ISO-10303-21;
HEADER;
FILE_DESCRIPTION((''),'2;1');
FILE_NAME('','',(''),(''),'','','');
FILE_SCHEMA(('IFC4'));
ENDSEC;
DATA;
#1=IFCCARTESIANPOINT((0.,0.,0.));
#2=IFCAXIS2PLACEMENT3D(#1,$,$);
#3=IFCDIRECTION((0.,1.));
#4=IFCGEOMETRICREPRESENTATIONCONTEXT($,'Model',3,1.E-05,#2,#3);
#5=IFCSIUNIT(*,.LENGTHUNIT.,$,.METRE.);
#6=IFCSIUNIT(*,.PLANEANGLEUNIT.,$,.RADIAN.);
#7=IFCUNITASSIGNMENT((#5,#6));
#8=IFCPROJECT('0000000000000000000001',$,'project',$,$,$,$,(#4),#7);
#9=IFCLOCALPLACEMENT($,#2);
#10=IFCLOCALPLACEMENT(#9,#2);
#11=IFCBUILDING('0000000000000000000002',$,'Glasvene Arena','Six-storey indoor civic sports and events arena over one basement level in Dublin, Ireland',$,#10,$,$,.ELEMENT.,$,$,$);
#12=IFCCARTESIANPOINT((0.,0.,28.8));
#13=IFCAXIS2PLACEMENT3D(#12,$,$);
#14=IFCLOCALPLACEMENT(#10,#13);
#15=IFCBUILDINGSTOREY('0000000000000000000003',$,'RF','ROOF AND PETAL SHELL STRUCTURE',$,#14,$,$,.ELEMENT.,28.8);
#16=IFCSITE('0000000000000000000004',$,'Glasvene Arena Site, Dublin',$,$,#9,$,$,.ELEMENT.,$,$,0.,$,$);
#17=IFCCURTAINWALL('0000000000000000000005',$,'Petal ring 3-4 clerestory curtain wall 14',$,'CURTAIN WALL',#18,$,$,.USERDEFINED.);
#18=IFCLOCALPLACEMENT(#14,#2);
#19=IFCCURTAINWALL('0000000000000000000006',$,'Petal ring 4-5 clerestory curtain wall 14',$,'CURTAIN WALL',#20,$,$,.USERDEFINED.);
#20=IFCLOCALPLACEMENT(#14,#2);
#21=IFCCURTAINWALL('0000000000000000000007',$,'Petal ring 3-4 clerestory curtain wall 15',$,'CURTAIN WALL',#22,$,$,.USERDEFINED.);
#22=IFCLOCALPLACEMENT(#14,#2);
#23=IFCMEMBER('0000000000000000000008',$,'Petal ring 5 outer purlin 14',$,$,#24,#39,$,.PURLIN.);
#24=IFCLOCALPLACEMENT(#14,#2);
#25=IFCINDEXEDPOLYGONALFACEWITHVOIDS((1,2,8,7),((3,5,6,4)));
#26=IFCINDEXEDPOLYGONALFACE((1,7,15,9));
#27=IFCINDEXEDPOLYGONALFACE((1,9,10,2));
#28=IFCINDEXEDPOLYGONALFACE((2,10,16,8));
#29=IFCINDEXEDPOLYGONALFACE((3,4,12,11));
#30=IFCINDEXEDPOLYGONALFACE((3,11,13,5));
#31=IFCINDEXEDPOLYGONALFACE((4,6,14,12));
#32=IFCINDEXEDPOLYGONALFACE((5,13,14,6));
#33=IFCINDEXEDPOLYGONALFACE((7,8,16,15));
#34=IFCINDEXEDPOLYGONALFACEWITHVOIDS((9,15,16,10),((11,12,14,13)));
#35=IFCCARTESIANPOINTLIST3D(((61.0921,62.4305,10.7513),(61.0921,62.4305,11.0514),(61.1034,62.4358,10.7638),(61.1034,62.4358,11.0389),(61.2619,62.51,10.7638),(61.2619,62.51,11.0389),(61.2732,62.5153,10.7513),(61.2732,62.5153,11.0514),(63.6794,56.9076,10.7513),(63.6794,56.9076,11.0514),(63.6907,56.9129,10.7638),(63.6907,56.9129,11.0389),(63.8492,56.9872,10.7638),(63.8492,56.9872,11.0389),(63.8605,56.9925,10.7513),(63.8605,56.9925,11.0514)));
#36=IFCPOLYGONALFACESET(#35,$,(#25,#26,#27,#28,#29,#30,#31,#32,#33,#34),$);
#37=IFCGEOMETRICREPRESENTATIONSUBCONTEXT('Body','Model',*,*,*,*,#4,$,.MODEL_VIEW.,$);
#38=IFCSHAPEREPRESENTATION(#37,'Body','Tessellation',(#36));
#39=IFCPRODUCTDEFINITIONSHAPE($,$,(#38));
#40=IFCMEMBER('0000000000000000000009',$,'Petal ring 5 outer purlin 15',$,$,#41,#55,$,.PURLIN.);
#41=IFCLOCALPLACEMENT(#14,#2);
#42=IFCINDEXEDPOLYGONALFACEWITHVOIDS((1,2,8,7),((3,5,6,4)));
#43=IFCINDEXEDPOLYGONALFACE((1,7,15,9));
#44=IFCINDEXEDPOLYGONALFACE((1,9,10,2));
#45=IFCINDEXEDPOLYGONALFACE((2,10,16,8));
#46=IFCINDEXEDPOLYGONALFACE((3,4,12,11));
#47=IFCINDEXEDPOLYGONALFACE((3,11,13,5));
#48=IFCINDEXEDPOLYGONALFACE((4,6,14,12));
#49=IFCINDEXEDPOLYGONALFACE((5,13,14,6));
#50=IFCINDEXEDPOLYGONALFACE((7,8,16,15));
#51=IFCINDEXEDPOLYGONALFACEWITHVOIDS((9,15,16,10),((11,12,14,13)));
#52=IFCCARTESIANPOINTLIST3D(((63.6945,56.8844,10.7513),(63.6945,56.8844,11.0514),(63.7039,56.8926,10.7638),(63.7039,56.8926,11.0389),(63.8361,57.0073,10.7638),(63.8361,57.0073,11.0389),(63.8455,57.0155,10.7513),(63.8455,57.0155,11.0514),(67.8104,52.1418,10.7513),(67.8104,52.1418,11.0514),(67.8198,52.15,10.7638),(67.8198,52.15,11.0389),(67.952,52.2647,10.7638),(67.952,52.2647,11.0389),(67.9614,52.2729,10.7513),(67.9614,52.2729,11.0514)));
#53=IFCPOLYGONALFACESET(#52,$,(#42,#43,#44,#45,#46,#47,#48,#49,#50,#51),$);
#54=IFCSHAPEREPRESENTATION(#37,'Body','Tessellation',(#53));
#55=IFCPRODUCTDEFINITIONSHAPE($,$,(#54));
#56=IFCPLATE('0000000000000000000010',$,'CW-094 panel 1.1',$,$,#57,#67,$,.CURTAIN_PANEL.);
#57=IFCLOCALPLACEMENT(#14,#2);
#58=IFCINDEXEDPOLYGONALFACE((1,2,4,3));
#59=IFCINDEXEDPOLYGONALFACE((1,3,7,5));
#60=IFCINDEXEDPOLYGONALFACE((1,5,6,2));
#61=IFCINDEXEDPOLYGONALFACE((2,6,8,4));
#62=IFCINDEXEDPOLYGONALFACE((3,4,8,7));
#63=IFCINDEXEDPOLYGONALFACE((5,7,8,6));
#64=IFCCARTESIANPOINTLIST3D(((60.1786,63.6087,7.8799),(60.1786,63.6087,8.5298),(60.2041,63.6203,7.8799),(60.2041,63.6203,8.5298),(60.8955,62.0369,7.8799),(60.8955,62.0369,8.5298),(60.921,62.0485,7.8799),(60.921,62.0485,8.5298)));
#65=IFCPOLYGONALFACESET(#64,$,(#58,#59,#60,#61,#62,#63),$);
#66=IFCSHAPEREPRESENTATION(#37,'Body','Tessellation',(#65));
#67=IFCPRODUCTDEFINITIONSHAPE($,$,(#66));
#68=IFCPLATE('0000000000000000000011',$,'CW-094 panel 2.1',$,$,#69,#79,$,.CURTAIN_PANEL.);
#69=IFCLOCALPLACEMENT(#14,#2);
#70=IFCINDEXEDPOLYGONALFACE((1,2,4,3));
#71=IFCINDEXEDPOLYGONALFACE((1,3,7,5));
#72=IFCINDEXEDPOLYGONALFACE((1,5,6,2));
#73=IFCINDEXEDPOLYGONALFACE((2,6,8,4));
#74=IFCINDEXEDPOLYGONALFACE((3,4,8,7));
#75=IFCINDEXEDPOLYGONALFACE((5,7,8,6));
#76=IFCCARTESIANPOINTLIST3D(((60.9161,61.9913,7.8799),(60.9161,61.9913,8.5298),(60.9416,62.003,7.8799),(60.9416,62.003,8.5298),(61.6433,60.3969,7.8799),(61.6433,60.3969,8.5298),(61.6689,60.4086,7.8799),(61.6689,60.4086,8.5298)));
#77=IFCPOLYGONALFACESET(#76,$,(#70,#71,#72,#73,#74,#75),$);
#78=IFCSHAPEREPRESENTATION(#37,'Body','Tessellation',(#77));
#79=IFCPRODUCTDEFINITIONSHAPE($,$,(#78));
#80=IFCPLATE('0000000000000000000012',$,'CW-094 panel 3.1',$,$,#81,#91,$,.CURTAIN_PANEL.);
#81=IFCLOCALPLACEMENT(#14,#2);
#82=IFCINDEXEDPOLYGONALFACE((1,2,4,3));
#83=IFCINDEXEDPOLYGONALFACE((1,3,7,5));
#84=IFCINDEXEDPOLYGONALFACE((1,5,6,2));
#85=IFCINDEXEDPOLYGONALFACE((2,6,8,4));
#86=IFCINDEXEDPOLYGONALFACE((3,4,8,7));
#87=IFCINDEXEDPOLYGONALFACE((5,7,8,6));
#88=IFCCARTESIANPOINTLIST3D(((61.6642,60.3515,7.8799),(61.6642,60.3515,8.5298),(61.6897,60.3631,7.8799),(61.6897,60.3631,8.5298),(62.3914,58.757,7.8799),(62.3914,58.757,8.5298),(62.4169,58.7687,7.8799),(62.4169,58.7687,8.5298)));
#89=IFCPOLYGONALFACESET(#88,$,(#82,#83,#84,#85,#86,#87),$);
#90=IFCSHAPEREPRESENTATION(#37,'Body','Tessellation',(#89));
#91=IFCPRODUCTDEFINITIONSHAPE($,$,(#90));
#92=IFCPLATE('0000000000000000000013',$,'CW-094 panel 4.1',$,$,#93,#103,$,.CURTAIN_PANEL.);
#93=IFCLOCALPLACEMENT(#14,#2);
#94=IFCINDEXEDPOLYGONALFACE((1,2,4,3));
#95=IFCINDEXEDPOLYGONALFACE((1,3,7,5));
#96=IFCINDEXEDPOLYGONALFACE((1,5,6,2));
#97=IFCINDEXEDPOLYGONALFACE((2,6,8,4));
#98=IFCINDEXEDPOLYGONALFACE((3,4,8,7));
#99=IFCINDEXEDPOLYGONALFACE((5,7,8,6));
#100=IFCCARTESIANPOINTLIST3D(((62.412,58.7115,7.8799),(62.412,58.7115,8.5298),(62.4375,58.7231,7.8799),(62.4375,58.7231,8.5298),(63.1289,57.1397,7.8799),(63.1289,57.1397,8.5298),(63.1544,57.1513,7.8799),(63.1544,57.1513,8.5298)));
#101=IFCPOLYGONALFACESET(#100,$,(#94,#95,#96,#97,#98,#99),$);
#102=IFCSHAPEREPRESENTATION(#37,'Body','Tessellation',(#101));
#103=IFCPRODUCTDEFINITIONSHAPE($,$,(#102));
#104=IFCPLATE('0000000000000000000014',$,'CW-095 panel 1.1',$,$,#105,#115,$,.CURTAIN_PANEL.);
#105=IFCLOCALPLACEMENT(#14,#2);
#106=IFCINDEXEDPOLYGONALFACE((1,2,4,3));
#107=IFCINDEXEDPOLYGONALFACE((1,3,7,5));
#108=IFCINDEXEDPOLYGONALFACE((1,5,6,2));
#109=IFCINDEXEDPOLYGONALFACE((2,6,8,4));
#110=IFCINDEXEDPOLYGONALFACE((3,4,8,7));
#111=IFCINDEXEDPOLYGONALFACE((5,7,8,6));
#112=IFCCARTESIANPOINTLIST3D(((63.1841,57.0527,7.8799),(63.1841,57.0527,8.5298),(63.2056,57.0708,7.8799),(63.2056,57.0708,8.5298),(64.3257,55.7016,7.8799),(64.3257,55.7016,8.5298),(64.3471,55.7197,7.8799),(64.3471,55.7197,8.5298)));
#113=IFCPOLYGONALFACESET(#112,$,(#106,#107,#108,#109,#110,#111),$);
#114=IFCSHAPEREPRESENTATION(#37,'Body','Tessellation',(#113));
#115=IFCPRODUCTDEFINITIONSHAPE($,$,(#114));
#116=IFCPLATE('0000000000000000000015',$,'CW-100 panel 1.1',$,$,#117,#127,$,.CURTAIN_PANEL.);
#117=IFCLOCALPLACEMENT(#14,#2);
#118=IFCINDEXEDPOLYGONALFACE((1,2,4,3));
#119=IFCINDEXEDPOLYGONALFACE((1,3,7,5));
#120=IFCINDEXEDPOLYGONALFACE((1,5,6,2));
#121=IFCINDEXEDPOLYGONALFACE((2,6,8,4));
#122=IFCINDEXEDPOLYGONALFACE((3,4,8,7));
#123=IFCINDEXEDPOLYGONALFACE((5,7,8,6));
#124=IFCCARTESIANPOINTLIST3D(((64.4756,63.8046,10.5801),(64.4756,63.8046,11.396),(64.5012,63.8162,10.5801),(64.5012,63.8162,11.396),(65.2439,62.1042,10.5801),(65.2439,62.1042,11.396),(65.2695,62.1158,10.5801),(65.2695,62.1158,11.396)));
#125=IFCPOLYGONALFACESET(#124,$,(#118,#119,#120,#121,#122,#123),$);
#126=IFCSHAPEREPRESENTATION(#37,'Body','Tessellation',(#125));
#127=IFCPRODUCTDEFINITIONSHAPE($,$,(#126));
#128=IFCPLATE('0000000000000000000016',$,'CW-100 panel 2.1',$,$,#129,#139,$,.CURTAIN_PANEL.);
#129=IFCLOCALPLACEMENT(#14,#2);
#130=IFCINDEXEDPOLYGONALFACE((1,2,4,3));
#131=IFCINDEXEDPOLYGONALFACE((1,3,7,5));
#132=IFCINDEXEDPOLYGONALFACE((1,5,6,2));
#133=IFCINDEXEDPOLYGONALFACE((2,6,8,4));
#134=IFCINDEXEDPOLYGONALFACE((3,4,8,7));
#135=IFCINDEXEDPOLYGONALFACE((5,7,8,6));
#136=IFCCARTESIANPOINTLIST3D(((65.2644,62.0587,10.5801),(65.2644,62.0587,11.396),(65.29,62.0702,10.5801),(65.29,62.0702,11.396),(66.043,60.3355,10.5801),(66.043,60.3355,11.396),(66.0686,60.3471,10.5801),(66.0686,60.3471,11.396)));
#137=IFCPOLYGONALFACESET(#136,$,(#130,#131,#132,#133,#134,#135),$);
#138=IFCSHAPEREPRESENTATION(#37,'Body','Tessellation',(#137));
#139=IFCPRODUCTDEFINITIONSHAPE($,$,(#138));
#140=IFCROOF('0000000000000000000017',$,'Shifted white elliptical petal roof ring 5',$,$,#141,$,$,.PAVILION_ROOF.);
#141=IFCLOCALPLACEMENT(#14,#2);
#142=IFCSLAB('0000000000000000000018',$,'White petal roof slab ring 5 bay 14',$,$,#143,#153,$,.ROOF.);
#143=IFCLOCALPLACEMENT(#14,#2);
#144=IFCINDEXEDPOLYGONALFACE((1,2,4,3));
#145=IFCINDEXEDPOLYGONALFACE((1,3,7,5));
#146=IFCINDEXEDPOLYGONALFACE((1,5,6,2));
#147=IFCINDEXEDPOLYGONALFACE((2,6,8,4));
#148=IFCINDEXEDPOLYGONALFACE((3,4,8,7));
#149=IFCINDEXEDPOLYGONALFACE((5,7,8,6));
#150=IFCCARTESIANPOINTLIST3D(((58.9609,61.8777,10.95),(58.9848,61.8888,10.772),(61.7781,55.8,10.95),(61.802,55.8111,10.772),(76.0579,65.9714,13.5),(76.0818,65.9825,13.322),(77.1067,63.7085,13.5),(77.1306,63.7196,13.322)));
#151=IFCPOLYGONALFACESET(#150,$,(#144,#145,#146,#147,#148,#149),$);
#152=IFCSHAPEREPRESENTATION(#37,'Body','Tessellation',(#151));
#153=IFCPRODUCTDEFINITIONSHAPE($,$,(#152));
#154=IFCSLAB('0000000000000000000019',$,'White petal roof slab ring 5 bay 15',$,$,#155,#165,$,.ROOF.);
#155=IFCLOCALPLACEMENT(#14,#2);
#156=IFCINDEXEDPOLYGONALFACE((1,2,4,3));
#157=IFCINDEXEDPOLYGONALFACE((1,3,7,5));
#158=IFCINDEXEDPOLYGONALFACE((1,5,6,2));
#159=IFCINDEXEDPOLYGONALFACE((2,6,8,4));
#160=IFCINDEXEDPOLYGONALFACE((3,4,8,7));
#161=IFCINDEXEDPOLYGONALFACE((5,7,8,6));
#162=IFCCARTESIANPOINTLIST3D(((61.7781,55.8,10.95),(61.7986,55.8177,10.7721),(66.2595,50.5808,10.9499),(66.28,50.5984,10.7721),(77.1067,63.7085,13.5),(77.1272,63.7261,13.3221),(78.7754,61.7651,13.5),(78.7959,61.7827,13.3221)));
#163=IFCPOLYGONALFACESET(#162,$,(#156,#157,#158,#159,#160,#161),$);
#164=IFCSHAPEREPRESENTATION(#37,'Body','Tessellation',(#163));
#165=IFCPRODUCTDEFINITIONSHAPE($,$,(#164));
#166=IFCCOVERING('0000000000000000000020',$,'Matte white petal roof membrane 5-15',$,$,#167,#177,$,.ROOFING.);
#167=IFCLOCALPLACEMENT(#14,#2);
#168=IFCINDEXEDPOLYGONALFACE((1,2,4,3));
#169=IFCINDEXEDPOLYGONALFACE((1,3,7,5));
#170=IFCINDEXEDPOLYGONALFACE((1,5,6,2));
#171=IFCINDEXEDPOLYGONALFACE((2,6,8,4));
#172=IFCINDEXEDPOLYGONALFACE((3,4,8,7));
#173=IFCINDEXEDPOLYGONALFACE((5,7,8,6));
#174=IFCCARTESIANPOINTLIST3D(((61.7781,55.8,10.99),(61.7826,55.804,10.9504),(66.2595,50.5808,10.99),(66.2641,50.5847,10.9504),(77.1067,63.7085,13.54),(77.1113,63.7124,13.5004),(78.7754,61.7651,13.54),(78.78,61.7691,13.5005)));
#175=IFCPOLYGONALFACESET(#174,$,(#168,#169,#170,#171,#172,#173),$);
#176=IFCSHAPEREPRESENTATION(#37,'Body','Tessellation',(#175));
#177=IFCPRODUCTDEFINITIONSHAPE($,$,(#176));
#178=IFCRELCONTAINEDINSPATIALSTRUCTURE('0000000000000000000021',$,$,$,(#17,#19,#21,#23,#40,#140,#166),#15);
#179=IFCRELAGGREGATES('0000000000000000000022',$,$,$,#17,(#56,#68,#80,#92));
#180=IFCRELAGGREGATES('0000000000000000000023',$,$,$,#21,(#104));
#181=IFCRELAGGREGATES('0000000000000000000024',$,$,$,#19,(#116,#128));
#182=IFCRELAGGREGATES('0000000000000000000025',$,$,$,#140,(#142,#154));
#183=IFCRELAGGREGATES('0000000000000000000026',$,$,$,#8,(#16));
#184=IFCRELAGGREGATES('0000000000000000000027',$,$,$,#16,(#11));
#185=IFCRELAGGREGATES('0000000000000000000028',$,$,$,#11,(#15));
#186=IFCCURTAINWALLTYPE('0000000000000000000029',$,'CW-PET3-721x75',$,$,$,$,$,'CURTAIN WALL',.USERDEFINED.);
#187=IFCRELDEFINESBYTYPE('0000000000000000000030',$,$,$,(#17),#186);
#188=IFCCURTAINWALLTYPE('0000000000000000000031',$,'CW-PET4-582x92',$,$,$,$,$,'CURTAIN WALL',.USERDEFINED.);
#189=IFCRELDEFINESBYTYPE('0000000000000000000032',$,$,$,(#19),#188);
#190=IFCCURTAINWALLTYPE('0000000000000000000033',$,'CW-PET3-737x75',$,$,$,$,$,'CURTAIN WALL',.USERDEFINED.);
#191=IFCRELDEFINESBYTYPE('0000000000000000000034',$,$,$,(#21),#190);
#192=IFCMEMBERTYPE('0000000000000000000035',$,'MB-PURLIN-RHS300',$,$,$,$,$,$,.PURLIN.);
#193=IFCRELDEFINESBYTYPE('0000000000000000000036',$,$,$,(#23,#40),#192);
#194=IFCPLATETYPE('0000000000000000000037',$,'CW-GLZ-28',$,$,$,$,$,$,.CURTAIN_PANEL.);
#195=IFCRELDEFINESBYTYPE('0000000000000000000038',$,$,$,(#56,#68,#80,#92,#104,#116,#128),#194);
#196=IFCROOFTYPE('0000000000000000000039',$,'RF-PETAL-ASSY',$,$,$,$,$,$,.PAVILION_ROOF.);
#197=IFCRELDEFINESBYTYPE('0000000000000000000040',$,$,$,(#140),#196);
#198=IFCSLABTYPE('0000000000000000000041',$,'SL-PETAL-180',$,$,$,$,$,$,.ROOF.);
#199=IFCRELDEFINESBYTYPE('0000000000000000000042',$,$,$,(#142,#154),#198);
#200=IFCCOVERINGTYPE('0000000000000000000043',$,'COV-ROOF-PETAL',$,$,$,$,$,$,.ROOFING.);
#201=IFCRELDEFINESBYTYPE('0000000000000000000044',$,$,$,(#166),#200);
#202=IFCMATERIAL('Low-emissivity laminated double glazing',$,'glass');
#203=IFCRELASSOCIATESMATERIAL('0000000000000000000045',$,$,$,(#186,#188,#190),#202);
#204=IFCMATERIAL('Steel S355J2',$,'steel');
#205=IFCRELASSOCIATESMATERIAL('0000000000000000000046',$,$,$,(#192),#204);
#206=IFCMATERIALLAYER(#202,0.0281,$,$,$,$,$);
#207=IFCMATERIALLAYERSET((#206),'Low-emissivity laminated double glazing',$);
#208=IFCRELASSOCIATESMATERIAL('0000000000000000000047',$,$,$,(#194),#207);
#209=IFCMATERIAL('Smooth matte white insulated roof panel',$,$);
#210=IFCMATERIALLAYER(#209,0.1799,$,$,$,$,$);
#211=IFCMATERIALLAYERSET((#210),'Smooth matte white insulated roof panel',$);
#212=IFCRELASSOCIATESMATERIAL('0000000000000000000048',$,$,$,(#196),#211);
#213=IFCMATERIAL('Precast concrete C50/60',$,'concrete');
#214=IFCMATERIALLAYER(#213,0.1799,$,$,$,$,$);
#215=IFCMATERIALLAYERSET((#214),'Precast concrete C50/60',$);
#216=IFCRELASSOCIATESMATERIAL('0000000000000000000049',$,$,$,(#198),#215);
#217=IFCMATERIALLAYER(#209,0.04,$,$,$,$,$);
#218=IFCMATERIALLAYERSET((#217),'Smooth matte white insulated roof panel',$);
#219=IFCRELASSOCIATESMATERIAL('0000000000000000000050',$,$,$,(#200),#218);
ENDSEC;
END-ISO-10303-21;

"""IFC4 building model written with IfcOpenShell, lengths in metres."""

from ifc_helpers import new_model, si_unit, direction, frame, origin, origin_2d, place, context, subcontext, project, spatial, polyline, rectangle, hollow_rectangle, outline, extrude, material, layer, layer_set, material_profile, profile_set, type_object, element, aggregate, save


model = new_model("IFC4")

# Units and contexts
model_context = context("Model", 3, precision=1e-05, world=origin(), true_north=direction((0.0, 1.0)))
body_context = subcontext(model_context, "Body", "Model", "MODEL_VIEW")
ifc_project = project(units=[si_unit("LENGTHUNIT", "METRE"), si_unit("PLANEANGLEUNIT", "RADIAN")], contexts=[model_context])

# Site, building, storey
site_placement = place(None, origin())
site = spatial("IfcSite", under=ifc_project, at=site_placement, Name="Glasvene Arena Site, Dublin", CompositionType="ELEMENT", RefElevation=0.0)
building_placement = place(site_placement, origin())
building = spatial("IfcBuilding", under=site, at=building_placement, Name="Glasvene Arena", Description="Six-storey indoor civic sports and events arena over one basement level in Dublin, Ireland", CompositionType="ELEMENT")
storey_placement = place(building_placement, frame((0.0, 0.0, 28.8)))
storey = spatial("IfcBuildingStorey", under=building, at=storey_placement, Name="RF", Description="ROOF AND PETAL SHELL STRUCTURE", CompositionType="ELEMENT", Elevation=28.8)

# Curtain wall
ifc_material_1 = material(Name="Low-emissivity laminated double glazing", Category="glass")
curtain_wall_type_1 = type_object("IfcCurtainWallType", Name="CW-PET3-721x75", ElementType="CURTAIN WALL", PredefinedType="USERDEFINED", material=ifc_material_1)
curtain_wall_1_placement = place(storey_placement, frame((60.1704, 63.6602, 0.0)))
curtain_wall_1 = element("IfcCurtainWall", 1, at=curtain_wall_1_placement, inside=storey, type_object=curtain_wall_type_1, Name="Petal ring 3-4 clerestory curtain wall 14", ObjectType="CURTAIN WALL", PredefinedType="USERDEFINED")

# Curtain wall
curtain_wall_type_2 = type_object("IfcCurtainWallType", Name="CW-PET4-582x92", ElementType="CURTAIN WALL", PredefinedType="USERDEFINED", material=ifc_material_1)
curtain_wall_2_placement = place(storey_placement, frame((64.4678, 63.856, 0.0)))
curtain_wall_2 = element("IfcCurtainWall", 2, at=curtain_wall_2_placement, inside=storey, type_object=curtain_wall_type_2, Name="Petal ring 4-5 clerestory curtain wall 14", ObjectType="CURTAIN WALL", PredefinedType="USERDEFINED")

# Curtain wall
curtain_wall_type_3 = type_object("IfcCurtainWallType", Name="CW-PET3-737x75", ElementType="CURTAIN WALL", PredefinedType="USERDEFINED", material=ifc_material_1)
curtain_wall_3_placement = place(storey_placement, frame((63.1626, 57.1001, 0.0)))
curtain_wall_3 = element("IfcCurtainWall", 3, at=curtain_wall_3_placement, inside=storey, type_object=curtain_wall_type_3, Name="Petal ring 3-4 clerestory curtain wall 15", ObjectType="CURTAIN WALL", PredefinedType="USERDEFINED")

# Members
ifc_material_2 = material(Name="Steel S355J2", Category="steel")
ifc_material_profile_1 = material_profile(ifc_material_2, hollow_rectangle(XDim=0.2, YDim=0.3, WallThickness=0.0125, at=origin_2d()), Name="RHS 300x200x12.5")
ifc_profile_set_1 = profile_set([ifc_material_profile_1], Name="Steel S355J2")
member_type_1 = type_object("IfcMemberType", Name="MB-PURLIN-RHS300", PredefinedType="PURLIN", material=ifc_profile_set_1)
member_1_placement = place(storey_placement, frame((61.1826, 62.4729, 10.9014), z_axis=(0.424235, -0.905552, 0.0), x_axis=(0.905552, 0.424235, 0.0)))
element("IfcMember", 4, at=member_1_placement, inside=storey, type_object=member_type_1, Name="Petal ring 5 outer purlin 14", PredefinedType="PURLIN", context=body_context, shape_type="SweptSolid", body=[
    extrude(hollow_rectangle(XDim=0.2, YDim=0.3, WallThickness=0.0125, at=origin_2d()), origin(), (0.0, 0.0, 1.0), 6.0989),
])
member_2_placement = place(storey_placement, frame((63.77, 56.95, 10.9014), z_axis=(0.655444, -0.755244, 0.0), x_axis=(0.755244, 0.655444, 0.0)))
element("IfcMember", 5, at=member_2_placement, inside=storey, type_object=member_type_1, Name="Petal ring 5 outer purlin 15", PredefinedType="PURLIN", context=body_context, shape_type="SweptSolid", body=[
    extrude(hollow_rectangle(XDim=0.2, YDim=0.3, WallThickness=0.0125, at=origin_2d()), origin(), (0.0, 0.0, 1.0), 6.2795),
])

# Plates
ifc_layer_1 = layer(ifc_material_1, 0.0281)
ifc_layer_set_1 = layer_set([ifc_layer_1], Name="Low-emissivity laminated double glazing")
plate_type = type_object("IfcPlateType", Name="CW-GLZ-28", PredefinedType="CURTAIN_PANEL", material=ifc_layer_set_1)
plate_1_placement = place(storey_placement, frame((60.5498, 62.8286, 7.8799), z_axis=(0.0, 0.0, 1.0), x_axis=(0.414968, -0.909836, 0.0)))
plate_1 = element("IfcPlate", 6, at=plate_1_placement, type_object=plate_type, Name="CW-094 panel 1.1", PredefinedType="CURTAIN_PANEL", context=body_context, shape_type="SweptSolid", body=[
    extrude(rectangle(XDim=1.7275, YDim=0.0281, at=origin_2d()), origin(), (0.0, 0.0, 1.0), 0.6499),
])
plate_2_placement = place(storey_placement, frame((61.2925, 61.2, 7.8799), z_axis=(0.0, 0.0, 1.0), x_axis=(0.414968, -0.909836, 0.0)))
plate_2 = element("IfcPlate", 7, at=plate_2_placement, type_object=plate_type, Name="CW-094 panel 2.1", PredefinedType="CURTAIN_PANEL", context=body_context, shape_type="SweptSolid", body=[
    extrude(rectangle(XDim=1.7524, YDim=0.0281, at=origin_2d()), origin(), (0.0, 0.0, 1.0), 0.6499),
])
plate_3_placement = place(storey_placement, frame((62.0405, 59.5601, 7.8799), z_axis=(0.0, 0.0, 1.0), x_axis=(0.414968, -0.909836, 0.0)))
plate_3 = element("IfcPlate", 8, at=plate_3_placement, type_object=plate_type, Name="CW-094 panel 3.1", PredefinedType="CURTAIN_PANEL", context=body_context, shape_type="SweptSolid", body=[
    extrude(rectangle(XDim=1.7524, YDim=0.0281, at=origin_2d()), origin(), (0.0, 0.0, 1.0), 0.6499),
])
plate_4_placement = place(storey_placement, frame((62.7832, 57.9314, 7.8799), z_axis=(0.0, 0.0, 1.0), x_axis=(0.414968, -0.909836, 0.0)))
plate_4 = element("IfcPlate", 9, at=plate_4_placement, type_object=plate_type, Name="CW-094 panel 4.1", PredefinedType="CURTAIN_PANEL", context=body_context, shape_type="SweptSolid", body=[
    extrude(rectangle(XDim=1.7275, YDim=0.0281, at=origin_2d()), origin(), (0.0, 0.0, 1.0), 0.6499),
])
aggregate(curtain_wall_1, [plate_1, plate_2, plate_3, plate_4])
plate_5_placement = place(storey_placement, frame((63.7656, 56.3862, 7.8799), z_axis=(0.0, 0.0, 1.0), x_axis=(0.645394, -0.76385, 0.0)))
plate_5 = element("IfcPlate", 10, at=plate_5_placement, type_object=plate_type, Name="CW-095 panel 1.1", PredefinedType="CURTAIN_PANEL", context=body_context, shape_type="SweptSolid", body=[
    extrude(rectangle(XDim=1.7688, YDim=0.0281, at=origin_2d()), origin(), (0.0, 0.0, 1.0), 0.6499),
])
aggregate(curtain_wall_3, [plate_5])
plate_6_placement = place(storey_placement, frame((64.8726, 62.9602, 10.5801), z_axis=(0.0, 0.0, 1.0), x_axis=(0.411778, -0.911284, 0.0)))
plate_6 = element("IfcPlate", 11, at=plate_6_placement, type_object=plate_type, Name="CW-100 panel 1.1", PredefinedType="CURTAIN_PANEL", context=body_context, shape_type="SweptSolid", body=[
    extrude(rectangle(XDim=1.866, YDim=0.0281, at=origin_2d()), origin(), (0.0, 0.0, 1.0), 0.8159),
])
plate_7_placement = place(storey_placement, frame((65.6665, 61.2029, 10.5801), z_axis=(0.0, 0.0, 1.0), x_axis=(0.411778, -0.911284, 0.0)))
plate_7 = element("IfcPlate", 12, at=plate_7_placement, type_object=plate_type, Name="CW-100 panel 2.1", PredefinedType="CURTAIN_PANEL", context=body_context, shape_type="SweptSolid", body=[
    extrude(rectangle(XDim=1.8909, YDim=0.0281, at=origin_2d()), origin(), (0.0, 0.0, 1.0), 0.8159),
])
aggregate(curtain_wall_2, [plate_6, plate_7])

# Roof, slabs
ifc_material_3 = material(Name="Smooth matte white insulated roof panel")
ifc_layer_2 = layer(ifc_material_3, 0.1799)
ifc_layer_set_2 = layer_set([ifc_layer_2], Name="Smooth matte white insulated roof panel")
roof_type = type_object("IfcRoofType", Name="RF-PETAL-ASSY", PredefinedType="PAVILION_ROOF", material=ifc_layer_set_2)
roof_placement = place(storey_placement, frame((86.2, 68.3999, 10.95)))
roof = element("IfcRoof", 13, at=roof_placement, inside=storey, type_object=roof_type, Name="Shifted white elliptical petal roof ring 5", PredefinedType="PAVILION_ROOF")
ifc_material_4 = material(Name="Precast concrete C50/60", Category="concrete")
ifc_layer_3 = layer(ifc_material_4, 0.1799)
ifc_layer_set_3 = layer_set([ifc_layer_3], Name="Precast concrete C50/60")
slab_type = type_object("IfcSlabType", Name="SL-PETAL-180", PredefinedType="ROOF", material=ifc_layer_set_3)
slab_1_placement = place(storey_placement, frame((58.9609, 61.8777, 10.95), z_axis=(-0.132807, -0.061558, 0.989228), x_axis=(0.420544, -0.907272, 0.000001)))
slab_1 = element("IfcSlab", 14, at=slab_1_placement, type_object=slab_type, Name="White petal roof slab ring 5 bay 14", PredefinedType="ROOF", context=body_context, shape_type="SweptSolid", body=[
    extrude(outline(polyline([(0.0, 0.0), (6.6988, 0.0), (5.97, 17.4207), (3.4759, 17.4208), (0.0, 0.0)])), origin(), (0.0, 0.0, -1.0), 0.1799),
])
slab_2_placement = place(storey_placement, frame((61.7781, 55.8, 10.95), z_axis=(-0.113978, -0.097867, 0.988651), x_axis=(0.651446, -0.758695, -0.000001)))
slab_2 = element("IfcSlab", 15, at=slab_2_placement, type_object=slab_type, Name="White petal roof slab ring 5 bay 15", PredefinedType="ROOF", context=body_context, shape_type="SweptSolid", body=[
    extrude(outline(polyline([(0.0, 0.0), (6.8792, 0.0), (6.5471, 16.9744), (3.9857, 16.9743), (0.0, 0.0)])), origin(), (0.0, 0.0, -1.0), 0.1799),
])
aggregate(roof, [slab_1, slab_2])

# Covering
ifc_layer_4 = layer(ifc_material_3, 0.04)
ifc_layer_set_4 = layer_set([ifc_layer_4], Name="Smooth matte white insulated roof panel")
covering_type = type_object("IfcCoveringType", Name="COV-ROOF-PETAL", PredefinedType="ROOFING", material=ifc_layer_set_4)
covering_placement = place(storey_placement, frame((61.7781, 55.8, 10.99), z_axis=(-0.113978, -0.097867, 0.988651), x_axis=(0.651446, -0.758695, -0.000001)))
element("IfcCovering", 16, at=covering_placement, inside=storey, type_object=covering_type, Name="Matte white petal roof membrane 5-15", PredefinedType="ROOFING", context=body_context, shape_type="SweptSolid", body=[
    extrude(outline(polyline([(0.0, 0.0), (6.8792, 0.0), (6.5471, 16.9744), (3.9857, 16.9743), (0.0, 0.0)])), origin(), (0.0, 0.0, -1.0), 0.04),
])

save(model, "model.ifc")
